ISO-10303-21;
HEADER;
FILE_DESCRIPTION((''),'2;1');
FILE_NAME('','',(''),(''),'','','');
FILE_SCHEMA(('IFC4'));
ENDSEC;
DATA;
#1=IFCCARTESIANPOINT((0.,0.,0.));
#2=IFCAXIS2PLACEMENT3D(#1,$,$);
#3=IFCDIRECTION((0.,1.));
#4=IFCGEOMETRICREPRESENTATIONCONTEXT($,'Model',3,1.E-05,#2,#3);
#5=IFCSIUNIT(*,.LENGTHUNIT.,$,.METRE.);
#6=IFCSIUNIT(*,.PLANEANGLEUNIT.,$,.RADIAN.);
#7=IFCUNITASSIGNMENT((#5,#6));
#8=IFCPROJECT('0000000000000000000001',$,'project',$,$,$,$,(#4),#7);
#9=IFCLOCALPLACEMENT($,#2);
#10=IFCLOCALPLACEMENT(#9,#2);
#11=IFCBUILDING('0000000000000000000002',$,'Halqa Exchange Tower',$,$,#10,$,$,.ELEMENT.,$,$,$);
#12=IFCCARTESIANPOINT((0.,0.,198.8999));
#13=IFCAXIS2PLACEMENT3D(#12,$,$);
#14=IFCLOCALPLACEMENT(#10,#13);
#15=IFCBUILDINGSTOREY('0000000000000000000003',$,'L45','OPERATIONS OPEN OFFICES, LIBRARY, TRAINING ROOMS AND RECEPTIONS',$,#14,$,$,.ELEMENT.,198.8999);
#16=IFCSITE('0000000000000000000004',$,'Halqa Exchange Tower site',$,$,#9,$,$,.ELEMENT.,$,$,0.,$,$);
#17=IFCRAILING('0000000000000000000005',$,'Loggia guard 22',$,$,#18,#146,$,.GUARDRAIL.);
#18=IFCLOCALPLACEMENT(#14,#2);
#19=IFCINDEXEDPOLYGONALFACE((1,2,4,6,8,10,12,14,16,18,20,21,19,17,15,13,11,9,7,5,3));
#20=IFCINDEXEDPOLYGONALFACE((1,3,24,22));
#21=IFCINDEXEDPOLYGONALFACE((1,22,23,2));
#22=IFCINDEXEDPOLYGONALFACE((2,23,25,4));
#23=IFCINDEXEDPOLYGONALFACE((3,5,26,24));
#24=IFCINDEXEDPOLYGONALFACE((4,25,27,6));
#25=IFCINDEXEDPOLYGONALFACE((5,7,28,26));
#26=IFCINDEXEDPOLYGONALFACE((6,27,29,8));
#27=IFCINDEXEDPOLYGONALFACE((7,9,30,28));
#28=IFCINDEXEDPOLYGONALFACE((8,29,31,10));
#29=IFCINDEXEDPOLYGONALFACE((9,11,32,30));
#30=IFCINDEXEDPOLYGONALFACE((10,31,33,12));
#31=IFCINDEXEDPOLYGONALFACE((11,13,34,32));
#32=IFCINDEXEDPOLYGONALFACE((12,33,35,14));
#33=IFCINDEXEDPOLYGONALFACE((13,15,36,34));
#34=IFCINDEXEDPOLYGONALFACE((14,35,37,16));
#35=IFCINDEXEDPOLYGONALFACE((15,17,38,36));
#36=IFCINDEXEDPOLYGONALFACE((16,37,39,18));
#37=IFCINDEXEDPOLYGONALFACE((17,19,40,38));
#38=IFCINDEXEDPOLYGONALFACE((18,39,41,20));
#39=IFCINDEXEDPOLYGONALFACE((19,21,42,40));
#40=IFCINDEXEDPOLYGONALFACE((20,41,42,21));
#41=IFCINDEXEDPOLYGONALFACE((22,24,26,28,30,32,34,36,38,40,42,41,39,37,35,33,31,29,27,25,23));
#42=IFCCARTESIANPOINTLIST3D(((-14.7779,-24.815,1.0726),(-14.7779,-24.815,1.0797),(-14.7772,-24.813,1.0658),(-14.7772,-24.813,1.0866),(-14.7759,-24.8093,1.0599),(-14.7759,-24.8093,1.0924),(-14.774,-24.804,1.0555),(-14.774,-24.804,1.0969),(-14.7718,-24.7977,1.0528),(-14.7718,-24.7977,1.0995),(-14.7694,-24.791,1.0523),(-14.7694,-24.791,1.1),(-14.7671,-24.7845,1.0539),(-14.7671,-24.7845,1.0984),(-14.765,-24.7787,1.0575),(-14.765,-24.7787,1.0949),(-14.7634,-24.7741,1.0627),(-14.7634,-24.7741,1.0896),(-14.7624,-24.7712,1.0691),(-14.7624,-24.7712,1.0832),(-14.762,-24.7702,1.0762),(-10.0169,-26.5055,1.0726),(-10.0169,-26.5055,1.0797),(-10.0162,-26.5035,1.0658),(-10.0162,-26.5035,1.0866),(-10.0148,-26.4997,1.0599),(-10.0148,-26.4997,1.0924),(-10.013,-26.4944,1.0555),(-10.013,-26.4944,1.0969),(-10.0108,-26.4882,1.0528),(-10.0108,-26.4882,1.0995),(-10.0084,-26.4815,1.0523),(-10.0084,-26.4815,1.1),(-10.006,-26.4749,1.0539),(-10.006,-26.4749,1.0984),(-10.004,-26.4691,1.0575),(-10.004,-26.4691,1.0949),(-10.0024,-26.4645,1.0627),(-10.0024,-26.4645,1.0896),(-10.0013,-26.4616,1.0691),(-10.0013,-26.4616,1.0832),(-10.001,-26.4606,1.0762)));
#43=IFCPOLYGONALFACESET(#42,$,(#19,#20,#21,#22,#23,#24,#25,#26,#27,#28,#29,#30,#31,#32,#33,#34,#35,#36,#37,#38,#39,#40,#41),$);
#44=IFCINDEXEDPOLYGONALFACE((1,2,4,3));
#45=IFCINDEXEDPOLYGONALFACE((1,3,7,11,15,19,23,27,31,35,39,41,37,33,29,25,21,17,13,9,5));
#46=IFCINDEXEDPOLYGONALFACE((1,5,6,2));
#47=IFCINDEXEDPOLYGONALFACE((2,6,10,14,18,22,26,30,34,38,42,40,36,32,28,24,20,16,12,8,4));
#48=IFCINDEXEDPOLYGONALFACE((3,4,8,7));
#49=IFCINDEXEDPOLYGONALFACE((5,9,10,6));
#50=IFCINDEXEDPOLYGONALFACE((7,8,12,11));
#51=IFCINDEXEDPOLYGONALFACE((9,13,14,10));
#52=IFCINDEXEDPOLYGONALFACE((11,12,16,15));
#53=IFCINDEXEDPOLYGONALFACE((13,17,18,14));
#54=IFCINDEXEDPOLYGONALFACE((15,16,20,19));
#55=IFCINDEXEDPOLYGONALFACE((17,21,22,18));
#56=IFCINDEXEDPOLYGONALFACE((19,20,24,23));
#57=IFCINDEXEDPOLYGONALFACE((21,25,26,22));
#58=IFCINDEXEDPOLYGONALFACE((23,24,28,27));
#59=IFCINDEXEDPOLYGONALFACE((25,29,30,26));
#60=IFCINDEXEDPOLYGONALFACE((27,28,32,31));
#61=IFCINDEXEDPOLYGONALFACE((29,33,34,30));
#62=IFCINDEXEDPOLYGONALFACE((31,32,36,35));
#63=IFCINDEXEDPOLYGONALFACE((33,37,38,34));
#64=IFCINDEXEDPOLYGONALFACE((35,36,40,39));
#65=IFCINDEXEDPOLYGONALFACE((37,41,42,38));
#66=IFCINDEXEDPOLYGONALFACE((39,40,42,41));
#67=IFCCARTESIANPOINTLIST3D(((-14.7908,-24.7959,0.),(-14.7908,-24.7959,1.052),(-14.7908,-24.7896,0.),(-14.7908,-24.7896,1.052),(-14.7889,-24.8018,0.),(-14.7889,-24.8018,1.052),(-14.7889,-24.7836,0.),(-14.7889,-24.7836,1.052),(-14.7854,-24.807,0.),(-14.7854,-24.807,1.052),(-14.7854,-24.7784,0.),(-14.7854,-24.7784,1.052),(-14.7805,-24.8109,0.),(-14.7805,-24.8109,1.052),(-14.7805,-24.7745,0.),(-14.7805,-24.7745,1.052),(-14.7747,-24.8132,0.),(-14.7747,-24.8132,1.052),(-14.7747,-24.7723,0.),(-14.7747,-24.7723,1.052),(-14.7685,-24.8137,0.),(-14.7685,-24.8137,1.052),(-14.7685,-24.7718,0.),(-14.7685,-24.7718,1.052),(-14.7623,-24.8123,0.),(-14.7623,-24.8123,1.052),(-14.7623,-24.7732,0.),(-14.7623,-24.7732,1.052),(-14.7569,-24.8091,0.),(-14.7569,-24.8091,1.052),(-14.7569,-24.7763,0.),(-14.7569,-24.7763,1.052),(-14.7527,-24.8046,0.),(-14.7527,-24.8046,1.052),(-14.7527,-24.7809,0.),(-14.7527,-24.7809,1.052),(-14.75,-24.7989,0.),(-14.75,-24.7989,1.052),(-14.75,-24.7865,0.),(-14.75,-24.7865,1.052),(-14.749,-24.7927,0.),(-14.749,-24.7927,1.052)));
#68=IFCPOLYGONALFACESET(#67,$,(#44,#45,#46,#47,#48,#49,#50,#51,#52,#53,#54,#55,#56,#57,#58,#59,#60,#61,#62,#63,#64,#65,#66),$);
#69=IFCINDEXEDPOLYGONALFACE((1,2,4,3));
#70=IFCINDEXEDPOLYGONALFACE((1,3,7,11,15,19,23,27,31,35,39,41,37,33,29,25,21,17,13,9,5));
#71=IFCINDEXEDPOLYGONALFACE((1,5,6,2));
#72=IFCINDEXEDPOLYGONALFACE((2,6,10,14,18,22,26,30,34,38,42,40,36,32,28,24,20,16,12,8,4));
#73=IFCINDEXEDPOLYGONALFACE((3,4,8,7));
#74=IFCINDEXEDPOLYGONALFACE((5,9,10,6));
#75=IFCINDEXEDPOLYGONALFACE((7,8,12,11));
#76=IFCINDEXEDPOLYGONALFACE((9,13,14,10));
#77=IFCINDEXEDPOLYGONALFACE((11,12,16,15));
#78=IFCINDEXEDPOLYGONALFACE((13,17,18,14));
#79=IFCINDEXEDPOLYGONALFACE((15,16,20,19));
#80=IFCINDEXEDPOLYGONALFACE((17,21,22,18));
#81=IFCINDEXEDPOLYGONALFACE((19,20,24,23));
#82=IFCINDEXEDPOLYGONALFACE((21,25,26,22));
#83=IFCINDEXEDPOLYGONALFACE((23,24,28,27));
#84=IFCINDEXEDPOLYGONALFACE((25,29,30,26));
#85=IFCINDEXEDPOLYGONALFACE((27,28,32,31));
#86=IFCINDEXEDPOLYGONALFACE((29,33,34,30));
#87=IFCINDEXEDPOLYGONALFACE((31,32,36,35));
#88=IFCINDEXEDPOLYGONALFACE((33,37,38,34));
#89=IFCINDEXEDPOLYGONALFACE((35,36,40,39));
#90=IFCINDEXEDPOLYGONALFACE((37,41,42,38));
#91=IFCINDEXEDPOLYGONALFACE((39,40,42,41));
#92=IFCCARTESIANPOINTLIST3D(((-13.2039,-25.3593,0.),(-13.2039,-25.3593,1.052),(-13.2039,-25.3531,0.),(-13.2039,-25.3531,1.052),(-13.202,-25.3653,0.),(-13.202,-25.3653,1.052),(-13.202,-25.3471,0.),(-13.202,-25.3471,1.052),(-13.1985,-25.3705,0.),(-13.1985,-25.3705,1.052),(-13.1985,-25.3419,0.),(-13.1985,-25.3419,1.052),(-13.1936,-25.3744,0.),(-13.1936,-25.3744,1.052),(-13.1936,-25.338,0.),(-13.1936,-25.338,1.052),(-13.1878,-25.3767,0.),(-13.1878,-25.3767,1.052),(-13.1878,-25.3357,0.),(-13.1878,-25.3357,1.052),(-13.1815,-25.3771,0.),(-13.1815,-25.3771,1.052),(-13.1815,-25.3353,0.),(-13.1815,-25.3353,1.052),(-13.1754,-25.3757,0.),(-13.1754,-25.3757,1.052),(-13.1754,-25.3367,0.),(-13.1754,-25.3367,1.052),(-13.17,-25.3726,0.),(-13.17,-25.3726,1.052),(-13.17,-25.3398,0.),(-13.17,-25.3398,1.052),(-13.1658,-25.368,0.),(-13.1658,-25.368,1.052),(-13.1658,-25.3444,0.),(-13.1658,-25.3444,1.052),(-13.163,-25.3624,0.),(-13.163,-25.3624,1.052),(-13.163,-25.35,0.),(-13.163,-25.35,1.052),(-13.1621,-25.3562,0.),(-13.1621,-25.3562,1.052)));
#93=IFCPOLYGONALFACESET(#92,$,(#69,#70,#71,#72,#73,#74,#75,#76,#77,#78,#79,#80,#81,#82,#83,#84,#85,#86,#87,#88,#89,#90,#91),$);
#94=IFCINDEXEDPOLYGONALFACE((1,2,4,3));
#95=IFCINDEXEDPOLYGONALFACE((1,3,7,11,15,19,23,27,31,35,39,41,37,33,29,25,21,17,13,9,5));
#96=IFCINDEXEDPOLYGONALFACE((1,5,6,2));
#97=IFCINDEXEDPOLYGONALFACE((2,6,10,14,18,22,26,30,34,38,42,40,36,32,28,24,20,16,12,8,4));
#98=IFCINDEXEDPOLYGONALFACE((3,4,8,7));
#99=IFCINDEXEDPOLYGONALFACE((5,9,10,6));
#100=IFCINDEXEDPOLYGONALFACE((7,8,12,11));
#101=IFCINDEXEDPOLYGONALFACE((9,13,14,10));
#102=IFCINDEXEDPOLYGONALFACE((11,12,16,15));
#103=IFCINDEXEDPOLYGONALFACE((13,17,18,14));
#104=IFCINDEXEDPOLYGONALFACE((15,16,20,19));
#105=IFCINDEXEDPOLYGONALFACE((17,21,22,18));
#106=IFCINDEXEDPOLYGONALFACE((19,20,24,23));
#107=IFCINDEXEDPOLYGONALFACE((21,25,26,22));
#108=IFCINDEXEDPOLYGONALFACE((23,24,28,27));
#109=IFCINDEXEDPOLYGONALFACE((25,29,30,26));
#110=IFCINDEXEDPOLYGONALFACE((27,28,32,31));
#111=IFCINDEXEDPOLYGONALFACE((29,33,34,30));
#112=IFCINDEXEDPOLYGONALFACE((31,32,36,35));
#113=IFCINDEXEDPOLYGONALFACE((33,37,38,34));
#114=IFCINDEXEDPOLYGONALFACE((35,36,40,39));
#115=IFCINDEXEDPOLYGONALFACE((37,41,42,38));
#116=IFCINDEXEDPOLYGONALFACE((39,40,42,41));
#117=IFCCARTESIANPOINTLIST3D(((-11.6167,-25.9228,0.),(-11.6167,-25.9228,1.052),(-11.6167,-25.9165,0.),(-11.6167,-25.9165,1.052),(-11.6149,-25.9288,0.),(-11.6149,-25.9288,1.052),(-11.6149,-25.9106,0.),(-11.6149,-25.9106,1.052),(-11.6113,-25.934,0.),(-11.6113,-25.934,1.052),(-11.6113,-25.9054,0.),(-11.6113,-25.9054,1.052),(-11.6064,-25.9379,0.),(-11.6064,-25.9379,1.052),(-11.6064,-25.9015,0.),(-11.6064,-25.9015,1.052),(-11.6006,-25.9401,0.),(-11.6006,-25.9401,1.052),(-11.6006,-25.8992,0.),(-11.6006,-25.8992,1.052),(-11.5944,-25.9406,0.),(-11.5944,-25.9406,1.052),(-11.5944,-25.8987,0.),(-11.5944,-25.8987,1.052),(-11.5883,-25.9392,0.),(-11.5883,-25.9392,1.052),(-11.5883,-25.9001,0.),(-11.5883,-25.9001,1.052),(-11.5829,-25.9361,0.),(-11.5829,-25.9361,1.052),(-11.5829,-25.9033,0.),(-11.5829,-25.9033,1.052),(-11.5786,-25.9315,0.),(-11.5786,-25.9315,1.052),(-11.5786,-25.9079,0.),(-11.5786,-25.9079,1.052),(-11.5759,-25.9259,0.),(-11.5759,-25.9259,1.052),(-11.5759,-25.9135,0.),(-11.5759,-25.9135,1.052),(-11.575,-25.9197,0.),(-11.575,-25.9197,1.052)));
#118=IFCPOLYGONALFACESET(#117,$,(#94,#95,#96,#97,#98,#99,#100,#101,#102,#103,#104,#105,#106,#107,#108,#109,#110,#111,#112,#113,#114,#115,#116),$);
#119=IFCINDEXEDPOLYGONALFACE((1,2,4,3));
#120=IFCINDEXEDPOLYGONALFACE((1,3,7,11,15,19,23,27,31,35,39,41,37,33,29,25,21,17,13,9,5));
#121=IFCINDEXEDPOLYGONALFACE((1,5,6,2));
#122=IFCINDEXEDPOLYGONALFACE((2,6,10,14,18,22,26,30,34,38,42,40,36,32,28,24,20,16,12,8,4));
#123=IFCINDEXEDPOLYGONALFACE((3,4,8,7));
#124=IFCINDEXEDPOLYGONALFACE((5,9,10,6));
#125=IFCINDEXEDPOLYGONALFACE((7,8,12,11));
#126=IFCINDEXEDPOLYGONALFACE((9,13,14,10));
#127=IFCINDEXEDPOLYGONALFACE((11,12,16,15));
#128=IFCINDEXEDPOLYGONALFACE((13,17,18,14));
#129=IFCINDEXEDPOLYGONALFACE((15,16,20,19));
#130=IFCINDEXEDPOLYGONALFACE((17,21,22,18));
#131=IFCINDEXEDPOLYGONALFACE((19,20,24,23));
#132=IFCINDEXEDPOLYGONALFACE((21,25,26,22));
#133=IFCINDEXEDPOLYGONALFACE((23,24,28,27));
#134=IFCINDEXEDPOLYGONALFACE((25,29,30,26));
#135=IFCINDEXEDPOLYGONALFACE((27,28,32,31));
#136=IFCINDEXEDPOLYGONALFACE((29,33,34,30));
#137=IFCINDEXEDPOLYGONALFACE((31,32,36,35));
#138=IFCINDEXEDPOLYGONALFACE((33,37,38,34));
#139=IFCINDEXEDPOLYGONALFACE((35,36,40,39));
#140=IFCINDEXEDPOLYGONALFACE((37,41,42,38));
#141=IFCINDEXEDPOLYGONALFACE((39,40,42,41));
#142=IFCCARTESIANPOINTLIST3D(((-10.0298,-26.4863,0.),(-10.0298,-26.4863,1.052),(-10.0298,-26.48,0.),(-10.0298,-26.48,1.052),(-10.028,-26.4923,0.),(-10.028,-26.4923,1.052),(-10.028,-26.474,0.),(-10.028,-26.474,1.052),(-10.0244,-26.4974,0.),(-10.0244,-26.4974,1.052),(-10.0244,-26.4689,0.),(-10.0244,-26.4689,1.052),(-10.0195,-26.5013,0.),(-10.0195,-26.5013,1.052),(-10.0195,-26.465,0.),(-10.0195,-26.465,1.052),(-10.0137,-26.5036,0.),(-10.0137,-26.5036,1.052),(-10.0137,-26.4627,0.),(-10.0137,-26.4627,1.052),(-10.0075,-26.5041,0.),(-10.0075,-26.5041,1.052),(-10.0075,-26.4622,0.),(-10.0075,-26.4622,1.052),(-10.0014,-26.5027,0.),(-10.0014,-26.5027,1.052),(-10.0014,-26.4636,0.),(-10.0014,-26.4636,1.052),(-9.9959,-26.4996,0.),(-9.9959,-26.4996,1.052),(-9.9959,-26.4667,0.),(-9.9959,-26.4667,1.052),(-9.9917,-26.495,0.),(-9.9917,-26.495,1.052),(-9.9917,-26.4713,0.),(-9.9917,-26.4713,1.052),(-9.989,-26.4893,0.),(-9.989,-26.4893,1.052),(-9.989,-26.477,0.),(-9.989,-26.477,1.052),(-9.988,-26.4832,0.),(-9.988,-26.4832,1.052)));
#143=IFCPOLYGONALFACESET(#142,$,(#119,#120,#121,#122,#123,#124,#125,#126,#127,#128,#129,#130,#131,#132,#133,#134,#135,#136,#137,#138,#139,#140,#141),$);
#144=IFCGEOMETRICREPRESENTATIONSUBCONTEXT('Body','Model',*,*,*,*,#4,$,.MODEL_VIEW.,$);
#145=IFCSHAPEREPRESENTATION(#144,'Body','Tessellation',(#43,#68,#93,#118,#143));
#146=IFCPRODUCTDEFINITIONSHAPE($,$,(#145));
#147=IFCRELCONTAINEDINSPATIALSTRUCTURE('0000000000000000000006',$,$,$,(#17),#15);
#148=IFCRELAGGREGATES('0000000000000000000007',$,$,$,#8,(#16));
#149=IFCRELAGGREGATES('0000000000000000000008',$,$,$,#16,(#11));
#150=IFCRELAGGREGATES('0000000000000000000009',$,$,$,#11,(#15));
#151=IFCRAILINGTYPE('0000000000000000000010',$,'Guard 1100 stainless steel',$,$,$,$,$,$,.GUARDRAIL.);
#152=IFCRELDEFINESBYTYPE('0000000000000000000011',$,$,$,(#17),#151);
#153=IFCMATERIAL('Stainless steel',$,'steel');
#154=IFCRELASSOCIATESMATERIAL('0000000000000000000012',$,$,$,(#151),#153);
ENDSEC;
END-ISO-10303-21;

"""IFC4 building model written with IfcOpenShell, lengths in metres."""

from ifc_helpers import new_model, si_unit, direction, frame, origin, origin_2d, place, context, subcontext, project, spatial, circle, extrude, material, type_object, element, save


model = new_model("IFC4")

# Units and contexts
model_context = context("Model", 3, precision=1e-05, world=origin(), true_north=direction((0.0, 1.0)))
body_context = subcontext(model_context, "Body", "Model", "MODEL_VIEW")
ifc_project = project(units=[si_unit("LENGTHUNIT", "METRE"), si_unit("PLANEANGLEUNIT", "RADIAN")], contexts=[model_context])

# Site, building, storey
site_placement = place(None, origin())
site = spatial("IfcSite", under=ifc_project, at=site_placement, Name="Halqa Exchange Tower site", CompositionType="ELEMENT", RefElevation=0.0)
building_placement = place(site_placement, origin())
building = spatial("IfcBuilding", under=site, at=building_placement, Name="Halqa Exchange Tower", CompositionType="ELEMENT")
storey_placement = place(building_placement, frame((0.0, 0.0, 198.8999)))
storey = spatial("IfcBuildingStorey", under=building, at=storey_placement, Name="L45", Description="OPERATIONS OPEN OFFICES, LIBRARY, TRAINING ROOMS AND RECEPTIONS", CompositionType="ELEMENT", Elevation=198.8999)

# Railing
ifc_material_1 = material(Name="Stainless steel", Category="steel")
railing_type = type_object("IfcRailingType", Name="Guard 1100 stainless steel", PredefinedType="GUARDRAIL", material=ifc_material_1)
railing_1_placement = place(storey_placement, frame((-14.77, -24.7927, 0.0)))
element("IfcRailing", 1, at=railing_1_placement, inside=storey, type_object=railing_type, Name="Loggia guard 22", PredefinedType="GUARDRAIL", context=body_context, shape_type="SweptSolid", body=[
    extrude(circle(Radius=0.0239, at=origin_2d()), frame((0.0, 0.0, 1.0762), z_axis=(0.942362, -0.334594, 0.0), x_axis=(0.334594, 0.942362, 0.0)), (0.0, 0.0, 1.0), 5.0522),
    extrude(circle(Radius=0.021, at=origin_2d()), origin(), (0.0, 0.0, 1.0), 1.052),
    extrude(circle(Radius=0.021, at=origin_2d()), frame((1.5869, -0.5635, 0.0)), (0.0, 0.0, 1.0), 1.052),
    extrude(circle(Radius=0.021, at=origin_2d()), frame((3.1741, -1.127, 0.0)), (0.0, 0.0, 1.0), 1.052),
    extrude(circle(Radius=0.021, at=origin_2d()), frame((4.761, -1.6904, 0.0)), (0.0, 0.0, 1.0), 1.052),
])

save(model, "model.ifc")
